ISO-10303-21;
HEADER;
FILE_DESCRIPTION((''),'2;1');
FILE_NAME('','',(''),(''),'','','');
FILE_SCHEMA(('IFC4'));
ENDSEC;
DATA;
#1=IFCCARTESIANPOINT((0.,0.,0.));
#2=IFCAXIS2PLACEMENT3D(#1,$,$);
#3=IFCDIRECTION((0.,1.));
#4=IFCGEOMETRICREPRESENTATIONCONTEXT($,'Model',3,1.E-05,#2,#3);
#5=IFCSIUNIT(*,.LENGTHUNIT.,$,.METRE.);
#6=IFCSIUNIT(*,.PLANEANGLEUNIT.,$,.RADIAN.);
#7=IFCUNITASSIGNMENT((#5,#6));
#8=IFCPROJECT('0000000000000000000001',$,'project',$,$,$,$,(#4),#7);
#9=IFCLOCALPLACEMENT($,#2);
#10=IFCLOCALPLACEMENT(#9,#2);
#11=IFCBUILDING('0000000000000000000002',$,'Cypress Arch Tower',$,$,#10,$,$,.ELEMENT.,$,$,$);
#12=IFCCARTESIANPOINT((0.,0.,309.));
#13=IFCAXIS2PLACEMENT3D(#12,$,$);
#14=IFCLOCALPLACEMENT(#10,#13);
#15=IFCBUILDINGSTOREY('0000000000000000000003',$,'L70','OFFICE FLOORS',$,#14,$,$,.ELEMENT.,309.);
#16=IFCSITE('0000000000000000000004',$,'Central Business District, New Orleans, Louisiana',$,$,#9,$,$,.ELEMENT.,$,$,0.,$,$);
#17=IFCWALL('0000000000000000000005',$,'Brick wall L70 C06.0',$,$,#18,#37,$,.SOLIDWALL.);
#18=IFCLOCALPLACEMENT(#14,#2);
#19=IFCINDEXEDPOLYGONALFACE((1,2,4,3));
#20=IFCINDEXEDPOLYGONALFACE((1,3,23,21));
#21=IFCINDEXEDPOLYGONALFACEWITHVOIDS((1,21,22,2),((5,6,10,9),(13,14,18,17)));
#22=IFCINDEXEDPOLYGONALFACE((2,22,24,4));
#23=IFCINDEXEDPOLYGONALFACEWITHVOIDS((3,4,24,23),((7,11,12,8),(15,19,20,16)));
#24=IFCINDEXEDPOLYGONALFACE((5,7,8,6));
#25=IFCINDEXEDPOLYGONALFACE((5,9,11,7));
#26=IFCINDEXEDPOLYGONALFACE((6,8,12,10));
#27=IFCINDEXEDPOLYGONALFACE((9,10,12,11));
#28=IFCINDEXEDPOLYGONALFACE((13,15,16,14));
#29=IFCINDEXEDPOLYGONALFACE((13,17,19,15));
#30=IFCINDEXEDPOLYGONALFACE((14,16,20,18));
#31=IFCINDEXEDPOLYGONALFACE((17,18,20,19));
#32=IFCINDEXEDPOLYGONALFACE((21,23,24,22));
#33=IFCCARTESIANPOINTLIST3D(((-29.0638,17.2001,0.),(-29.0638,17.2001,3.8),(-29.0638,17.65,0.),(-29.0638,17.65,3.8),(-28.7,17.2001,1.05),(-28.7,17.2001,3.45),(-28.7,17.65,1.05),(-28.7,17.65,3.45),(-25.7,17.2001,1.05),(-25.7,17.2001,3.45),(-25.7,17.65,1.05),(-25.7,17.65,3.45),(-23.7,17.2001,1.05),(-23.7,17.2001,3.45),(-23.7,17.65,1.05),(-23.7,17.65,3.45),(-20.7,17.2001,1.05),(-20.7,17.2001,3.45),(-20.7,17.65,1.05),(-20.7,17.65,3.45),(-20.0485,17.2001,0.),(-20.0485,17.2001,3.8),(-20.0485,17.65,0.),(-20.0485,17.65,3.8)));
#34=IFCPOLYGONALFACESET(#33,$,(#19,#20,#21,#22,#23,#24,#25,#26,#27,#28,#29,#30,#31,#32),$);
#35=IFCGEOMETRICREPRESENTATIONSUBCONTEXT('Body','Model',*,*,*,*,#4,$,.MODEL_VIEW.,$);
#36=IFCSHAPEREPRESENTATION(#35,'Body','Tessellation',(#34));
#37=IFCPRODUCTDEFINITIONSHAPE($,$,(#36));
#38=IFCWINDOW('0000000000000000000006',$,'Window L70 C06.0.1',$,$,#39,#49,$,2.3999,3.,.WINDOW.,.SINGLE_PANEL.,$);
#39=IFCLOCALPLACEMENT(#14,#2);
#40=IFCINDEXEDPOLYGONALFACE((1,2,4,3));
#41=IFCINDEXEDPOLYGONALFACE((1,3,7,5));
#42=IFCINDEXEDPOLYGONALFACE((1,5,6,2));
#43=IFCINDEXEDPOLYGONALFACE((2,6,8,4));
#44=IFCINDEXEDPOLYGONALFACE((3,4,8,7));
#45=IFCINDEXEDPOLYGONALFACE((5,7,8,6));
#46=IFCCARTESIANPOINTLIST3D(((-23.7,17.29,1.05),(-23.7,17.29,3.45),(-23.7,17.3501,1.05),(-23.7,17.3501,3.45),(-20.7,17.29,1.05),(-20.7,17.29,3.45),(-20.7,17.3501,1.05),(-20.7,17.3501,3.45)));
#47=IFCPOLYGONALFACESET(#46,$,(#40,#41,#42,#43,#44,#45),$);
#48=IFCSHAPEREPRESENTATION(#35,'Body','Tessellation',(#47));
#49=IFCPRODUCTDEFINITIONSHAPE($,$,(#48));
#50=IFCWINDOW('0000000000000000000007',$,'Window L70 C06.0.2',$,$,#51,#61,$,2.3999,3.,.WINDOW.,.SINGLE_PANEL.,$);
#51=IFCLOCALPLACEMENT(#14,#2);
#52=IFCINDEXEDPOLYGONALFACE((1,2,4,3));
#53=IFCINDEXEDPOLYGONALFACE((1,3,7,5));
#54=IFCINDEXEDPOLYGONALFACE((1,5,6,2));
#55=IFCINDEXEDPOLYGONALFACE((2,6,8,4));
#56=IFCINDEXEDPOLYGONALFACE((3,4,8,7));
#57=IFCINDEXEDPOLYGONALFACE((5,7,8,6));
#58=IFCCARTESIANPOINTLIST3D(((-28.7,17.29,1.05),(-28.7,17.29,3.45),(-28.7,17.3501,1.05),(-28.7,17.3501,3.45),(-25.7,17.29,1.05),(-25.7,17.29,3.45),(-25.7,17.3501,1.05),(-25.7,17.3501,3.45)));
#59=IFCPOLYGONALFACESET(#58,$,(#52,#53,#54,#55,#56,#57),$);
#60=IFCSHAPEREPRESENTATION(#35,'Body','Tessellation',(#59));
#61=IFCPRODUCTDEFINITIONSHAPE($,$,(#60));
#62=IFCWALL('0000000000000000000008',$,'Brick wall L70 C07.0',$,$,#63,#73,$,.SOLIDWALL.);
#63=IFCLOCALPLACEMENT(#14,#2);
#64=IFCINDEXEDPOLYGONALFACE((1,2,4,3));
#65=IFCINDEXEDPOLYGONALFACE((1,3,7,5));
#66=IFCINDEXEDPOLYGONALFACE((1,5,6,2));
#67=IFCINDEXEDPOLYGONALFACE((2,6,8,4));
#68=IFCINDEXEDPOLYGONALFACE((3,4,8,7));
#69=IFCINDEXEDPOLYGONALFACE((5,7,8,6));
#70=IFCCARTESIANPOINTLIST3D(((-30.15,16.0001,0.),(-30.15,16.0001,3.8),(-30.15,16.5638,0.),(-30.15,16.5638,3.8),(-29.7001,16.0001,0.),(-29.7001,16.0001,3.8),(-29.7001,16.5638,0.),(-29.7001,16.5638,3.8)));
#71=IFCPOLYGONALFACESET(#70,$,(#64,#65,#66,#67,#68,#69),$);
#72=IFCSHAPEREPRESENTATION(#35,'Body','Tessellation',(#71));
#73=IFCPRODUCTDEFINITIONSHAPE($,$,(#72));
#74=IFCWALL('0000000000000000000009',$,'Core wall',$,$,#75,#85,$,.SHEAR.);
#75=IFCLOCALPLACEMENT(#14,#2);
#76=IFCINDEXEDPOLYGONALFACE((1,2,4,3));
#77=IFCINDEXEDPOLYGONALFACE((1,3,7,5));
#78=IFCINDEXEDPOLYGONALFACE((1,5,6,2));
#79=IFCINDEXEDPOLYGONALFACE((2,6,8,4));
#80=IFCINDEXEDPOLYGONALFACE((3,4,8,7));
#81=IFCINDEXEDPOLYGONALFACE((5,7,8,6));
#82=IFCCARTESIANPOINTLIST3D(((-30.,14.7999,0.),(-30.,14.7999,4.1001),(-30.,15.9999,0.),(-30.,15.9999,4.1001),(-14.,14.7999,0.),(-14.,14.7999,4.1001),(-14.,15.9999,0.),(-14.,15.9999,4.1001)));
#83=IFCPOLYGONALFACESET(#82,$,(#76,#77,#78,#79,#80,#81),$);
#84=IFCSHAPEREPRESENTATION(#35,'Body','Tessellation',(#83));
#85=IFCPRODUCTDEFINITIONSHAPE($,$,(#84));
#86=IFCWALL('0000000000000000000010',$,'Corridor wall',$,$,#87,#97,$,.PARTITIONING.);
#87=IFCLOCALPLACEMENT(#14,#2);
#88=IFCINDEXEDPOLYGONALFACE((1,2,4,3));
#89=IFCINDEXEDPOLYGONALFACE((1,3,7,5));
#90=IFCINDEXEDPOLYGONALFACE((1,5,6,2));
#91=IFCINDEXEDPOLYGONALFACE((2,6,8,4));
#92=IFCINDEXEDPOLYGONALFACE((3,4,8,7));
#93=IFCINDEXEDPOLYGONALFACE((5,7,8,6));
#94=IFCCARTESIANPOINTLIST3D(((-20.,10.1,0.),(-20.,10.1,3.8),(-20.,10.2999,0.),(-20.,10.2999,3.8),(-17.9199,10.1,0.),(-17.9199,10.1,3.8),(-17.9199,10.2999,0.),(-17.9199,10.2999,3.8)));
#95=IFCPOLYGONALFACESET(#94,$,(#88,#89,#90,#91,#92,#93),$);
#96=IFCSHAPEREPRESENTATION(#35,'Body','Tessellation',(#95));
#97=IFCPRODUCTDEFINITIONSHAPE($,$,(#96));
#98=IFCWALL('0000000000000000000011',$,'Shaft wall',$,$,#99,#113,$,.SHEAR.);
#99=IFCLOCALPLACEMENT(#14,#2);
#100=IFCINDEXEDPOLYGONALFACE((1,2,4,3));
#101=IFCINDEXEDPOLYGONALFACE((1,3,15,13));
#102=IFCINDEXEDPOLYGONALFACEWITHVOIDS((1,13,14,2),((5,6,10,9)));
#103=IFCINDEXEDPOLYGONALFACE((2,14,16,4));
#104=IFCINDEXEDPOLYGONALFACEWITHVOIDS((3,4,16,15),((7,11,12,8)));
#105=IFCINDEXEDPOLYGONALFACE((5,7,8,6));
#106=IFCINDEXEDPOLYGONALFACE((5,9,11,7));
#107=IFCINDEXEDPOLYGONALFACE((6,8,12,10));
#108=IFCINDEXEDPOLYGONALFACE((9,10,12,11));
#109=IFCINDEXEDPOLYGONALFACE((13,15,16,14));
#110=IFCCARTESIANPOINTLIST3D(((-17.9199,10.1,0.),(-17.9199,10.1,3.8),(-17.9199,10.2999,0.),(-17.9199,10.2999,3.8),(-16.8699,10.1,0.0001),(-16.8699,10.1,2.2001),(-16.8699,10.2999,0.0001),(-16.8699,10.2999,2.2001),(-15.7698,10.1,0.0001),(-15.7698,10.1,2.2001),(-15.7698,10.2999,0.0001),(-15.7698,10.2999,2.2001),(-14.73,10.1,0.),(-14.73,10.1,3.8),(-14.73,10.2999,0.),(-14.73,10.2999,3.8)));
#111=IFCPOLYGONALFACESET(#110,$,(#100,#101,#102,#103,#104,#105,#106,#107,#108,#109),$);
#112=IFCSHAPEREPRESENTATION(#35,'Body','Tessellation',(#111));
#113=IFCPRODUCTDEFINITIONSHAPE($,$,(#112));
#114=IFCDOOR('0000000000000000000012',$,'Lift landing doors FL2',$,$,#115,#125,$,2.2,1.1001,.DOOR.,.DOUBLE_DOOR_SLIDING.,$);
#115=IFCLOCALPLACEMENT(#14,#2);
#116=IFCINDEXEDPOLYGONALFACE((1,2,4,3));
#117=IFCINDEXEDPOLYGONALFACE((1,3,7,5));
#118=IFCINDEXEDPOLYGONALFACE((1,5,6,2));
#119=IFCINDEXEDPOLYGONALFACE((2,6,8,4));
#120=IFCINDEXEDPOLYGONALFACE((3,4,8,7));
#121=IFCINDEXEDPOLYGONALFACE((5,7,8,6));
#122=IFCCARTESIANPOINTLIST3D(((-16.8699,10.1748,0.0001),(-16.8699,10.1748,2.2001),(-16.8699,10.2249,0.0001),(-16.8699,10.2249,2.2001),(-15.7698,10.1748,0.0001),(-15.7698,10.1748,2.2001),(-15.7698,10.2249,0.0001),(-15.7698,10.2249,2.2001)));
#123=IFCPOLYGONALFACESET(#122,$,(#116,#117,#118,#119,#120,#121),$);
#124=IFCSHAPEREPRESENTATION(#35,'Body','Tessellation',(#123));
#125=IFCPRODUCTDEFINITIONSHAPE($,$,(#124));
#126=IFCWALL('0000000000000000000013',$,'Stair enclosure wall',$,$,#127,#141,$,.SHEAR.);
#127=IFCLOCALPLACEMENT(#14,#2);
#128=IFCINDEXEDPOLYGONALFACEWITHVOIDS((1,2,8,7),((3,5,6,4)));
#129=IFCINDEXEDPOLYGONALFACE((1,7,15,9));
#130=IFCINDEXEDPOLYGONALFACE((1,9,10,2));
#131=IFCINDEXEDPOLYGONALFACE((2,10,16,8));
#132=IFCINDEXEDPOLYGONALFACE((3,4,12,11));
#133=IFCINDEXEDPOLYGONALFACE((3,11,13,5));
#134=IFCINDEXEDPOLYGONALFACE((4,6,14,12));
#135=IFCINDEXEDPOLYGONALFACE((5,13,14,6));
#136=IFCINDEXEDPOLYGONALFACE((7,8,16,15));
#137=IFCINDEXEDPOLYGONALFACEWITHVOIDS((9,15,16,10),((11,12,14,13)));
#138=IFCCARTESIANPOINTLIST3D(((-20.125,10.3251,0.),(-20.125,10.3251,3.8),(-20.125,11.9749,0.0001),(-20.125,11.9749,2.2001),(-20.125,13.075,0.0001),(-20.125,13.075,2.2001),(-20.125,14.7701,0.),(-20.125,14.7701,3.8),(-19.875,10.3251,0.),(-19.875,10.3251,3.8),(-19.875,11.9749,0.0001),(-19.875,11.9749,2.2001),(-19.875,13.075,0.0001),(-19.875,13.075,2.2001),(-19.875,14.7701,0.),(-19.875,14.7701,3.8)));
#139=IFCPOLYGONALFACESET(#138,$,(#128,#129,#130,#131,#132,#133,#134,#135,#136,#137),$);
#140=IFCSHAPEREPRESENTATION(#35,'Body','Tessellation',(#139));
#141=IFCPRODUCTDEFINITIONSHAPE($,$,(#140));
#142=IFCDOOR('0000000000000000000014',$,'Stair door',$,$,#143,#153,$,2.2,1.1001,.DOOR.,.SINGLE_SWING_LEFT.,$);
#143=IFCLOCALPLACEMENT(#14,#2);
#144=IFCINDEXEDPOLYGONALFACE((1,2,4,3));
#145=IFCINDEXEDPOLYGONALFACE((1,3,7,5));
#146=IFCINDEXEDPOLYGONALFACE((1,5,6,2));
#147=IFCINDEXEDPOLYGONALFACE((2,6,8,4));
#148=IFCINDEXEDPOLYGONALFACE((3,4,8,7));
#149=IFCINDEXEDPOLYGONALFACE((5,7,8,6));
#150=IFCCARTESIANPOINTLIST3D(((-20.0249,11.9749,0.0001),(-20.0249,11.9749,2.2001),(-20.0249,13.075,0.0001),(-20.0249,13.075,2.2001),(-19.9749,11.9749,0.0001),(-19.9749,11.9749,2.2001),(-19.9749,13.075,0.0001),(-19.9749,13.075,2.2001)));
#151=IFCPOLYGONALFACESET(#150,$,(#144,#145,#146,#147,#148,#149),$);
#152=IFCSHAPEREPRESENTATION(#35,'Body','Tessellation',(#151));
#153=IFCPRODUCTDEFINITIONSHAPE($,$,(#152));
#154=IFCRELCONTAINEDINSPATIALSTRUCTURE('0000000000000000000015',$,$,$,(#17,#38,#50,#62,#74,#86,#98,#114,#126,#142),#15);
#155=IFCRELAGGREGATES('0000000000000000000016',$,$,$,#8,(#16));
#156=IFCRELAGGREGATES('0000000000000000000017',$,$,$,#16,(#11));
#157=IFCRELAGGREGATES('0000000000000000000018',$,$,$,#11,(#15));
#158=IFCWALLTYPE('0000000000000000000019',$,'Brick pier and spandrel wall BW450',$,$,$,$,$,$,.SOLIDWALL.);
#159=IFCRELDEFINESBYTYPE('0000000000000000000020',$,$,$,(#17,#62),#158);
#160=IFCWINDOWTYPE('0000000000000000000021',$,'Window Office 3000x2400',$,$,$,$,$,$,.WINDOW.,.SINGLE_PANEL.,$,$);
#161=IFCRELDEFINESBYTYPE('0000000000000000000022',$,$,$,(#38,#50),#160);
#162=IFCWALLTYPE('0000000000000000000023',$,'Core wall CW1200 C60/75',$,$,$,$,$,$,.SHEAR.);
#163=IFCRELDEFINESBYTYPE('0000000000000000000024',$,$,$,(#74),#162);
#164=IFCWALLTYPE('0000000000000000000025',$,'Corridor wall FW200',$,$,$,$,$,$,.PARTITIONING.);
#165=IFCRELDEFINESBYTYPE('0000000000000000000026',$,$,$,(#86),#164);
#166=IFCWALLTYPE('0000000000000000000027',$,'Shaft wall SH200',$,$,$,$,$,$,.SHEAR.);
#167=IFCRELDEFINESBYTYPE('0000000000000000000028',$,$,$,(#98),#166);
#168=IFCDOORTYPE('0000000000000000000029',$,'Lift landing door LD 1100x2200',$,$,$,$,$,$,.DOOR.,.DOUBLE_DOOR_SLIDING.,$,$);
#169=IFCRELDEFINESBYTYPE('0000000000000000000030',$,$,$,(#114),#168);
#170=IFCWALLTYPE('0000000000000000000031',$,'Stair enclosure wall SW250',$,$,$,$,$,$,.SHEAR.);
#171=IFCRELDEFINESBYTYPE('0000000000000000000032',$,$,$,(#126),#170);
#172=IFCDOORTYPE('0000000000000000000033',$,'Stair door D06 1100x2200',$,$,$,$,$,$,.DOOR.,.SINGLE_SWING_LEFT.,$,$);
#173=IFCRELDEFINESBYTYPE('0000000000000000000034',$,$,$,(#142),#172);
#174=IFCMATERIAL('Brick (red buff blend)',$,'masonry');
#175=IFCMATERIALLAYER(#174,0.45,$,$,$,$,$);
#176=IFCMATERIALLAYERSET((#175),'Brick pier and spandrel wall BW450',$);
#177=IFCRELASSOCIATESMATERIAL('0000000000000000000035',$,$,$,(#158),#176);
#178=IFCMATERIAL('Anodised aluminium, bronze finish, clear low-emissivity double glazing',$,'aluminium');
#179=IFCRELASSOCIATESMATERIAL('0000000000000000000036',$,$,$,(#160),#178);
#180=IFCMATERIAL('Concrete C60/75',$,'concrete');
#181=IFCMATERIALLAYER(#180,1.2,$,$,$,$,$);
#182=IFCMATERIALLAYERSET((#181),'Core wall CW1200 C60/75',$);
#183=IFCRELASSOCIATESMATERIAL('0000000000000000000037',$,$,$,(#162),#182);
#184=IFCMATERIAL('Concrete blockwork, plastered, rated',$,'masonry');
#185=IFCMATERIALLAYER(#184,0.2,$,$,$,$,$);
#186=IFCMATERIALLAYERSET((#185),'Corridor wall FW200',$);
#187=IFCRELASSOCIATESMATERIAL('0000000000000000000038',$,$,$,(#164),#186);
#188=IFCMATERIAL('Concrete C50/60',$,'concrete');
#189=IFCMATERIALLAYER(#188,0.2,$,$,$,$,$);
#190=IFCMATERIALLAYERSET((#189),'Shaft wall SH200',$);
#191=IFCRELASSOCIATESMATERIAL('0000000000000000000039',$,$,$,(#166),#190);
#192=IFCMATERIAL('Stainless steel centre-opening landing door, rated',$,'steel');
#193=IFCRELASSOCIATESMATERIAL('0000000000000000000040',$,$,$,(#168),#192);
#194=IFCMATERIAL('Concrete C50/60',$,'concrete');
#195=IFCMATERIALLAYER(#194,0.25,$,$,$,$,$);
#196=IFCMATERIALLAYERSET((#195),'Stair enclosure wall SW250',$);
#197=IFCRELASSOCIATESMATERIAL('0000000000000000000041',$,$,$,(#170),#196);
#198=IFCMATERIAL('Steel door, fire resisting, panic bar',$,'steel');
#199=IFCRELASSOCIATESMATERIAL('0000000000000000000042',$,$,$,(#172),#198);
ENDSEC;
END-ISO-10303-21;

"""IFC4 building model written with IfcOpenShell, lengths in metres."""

from ifc_helpers import new_model, si_unit, direction, frame, frame_2d, origin, place, context, subcontext, project, spatial, rectangle, extrude, material, layer, layer_set, type_object, element, fill, save


model = new_model("IFC4")

# Units and contexts
model_context = context("Model", 3, precision=1e-05, world=origin(), true_north=direction((0.0, 1.0)))
body_context = subcontext(model_context, "Body", "Model", "MODEL_VIEW")
ifc_project = project(units=[si_unit("LENGTHUNIT", "METRE"), si_unit("PLANEANGLEUNIT", "RADIAN")], contexts=[model_context])

# Site, building, storey
site_placement = place(None, origin())
site = spatial("IfcSite", under=ifc_project, at=site_placement, Name="Central Business District, New Orleans, Louisiana", CompositionType="ELEMENT", RefElevation=0.0)
building_placement = place(site_placement, origin())
building = spatial("IfcBuilding", under=site, at=building_placement, Name="Cypress Arch Tower", CompositionType="ELEMENT")
storey_placement = place(building_placement, frame((0.0, 0.0, 309.0)))
storey = spatial("IfcBuildingStorey", under=building, at=storey_placement, Name="L70", Description="OFFICE FLOORS", CompositionType="ELEMENT", Elevation=309.0)

# Shared definitions
ifc_material_1 = material(Name="Brick (red buff blend)", Category="masonry")
ifc_layer_1 = layer(ifc_material_1, 0.45)
ifc_layer_set_1 = layer_set([ifc_layer_1], Name="Brick pier and spandrel wall BW450")
wall_type_1 = type_object("IfcWallType", Name="Brick pier and spandrel wall BW450", PredefinedType="SOLIDWALL", material=ifc_layer_set_1)
ifc_material_2 = material(Name="Anodised aluminium, bronze finish, clear low-emissivity double glazing", Category="aluminium")
window_type = type_object("IfcWindowType", Name="Window Office 3000x2400", PartitioningType="SINGLE_PANEL", PredefinedType="WINDOW", material=ifc_material_2)

# Wall, openings, windows
wall_1_placement = place(storey_placement, frame((-20.0483, 17.425, 0.0), z_axis=(0.0, 0.0, 1.0), x_axis=(-1.0, 0.0, 0.0)))
wall_1 = element("IfcWall", 1, at=wall_1_placement, inside=storey, type_object=wall_type_1, Name="Brick wall L70 C06.0", PredefinedType="SOLIDWALL", context=body_context, shape_type="SweptSolid", body=[
    extrude(rectangle(XDim=9.0154, YDim=0.45, at=frame_2d((4.5078, 0.0))), origin(), (0.0, 0.0, 1.0), 3.8),
])
opening_1_placement = place(wall_1_placement, frame((0.6516, 0.0, 1.05)))
opening_1 = element("IfcOpeningElement", 2, at=opening_1_placement, cuts=wall_1, PredefinedType="OPENING", context=body_context, shape_type="SweptSolid", body=[
    extrude(rectangle(XDim=3.0, YDim=2.3999, at=frame_2d((1.5, 1.2))), frame((0.0, 0.2349, 0.0), z_axis=(0.0, -1.0, 0.0), x_axis=(1.0, 0.0, 0.0)), (0.0, 0.0, 1.0), 0.47),
])
opening_2_placement = place(wall_1_placement, frame((5.6516, 0.0, 1.05)))
opening_2 = element("IfcOpeningElement", 3, at=opening_2_placement, cuts=wall_1, PredefinedType="OPENING", context=body_context, shape_type="SweptSolid", body=[
    extrude(rectangle(XDim=3.0, YDim=2.3999, at=frame_2d((1.5, 1.2))), frame((0.0, 0.2349, 0.0), z_axis=(0.0, -1.0, 0.0), x_axis=(1.0, 0.0, 0.0)), (0.0, 0.0, 1.0), 0.47),
])
window_1_placement = place(opening_1_placement, origin())
window_1 = element("IfcWindow", 4, at=window_1_placement, inside=storey, type_object=window_type, Name="Window L70 C06.0.1", OverallHeight=2.3999, OverallWidth=3.0, PartitioningType="SINGLE_PANEL", PredefinedType="WINDOW", context=body_context, shape_type="SweptSolid", body=[
    extrude(rectangle(XDim=3.0, YDim=2.3999, at=frame_2d((1.5, 1.2))), frame((0.0, 0.135, 0.0), z_axis=(0.0, -1.0, 0.0), x_axis=(1.0, 0.0, 0.0)), (0.0, 0.0, 1.0), 0.0601),
])
fill(opening_1, window_1)
window_2_placement = place(opening_2_placement, origin())
window_2 = element("IfcWindow", 5, at=window_2_placement, inside=storey, type_object=window_type, Name="Window L70 C06.0.2", OverallHeight=2.3999, OverallWidth=3.0, PartitioningType="SINGLE_PANEL", PredefinedType="WINDOW", context=body_context, shape_type="SweptSolid", body=[
    extrude(rectangle(XDim=3.0, YDim=2.3999, at=frame_2d((1.5, 1.2))), frame((0.0, 0.135, 0.0), z_axis=(0.0, -1.0, 0.0), x_axis=(1.0, 0.0, 0.0)), (0.0, 0.0, 1.0), 0.0601),
])
fill(opening_2, window_2)

# Walls
wall_2_placement = place(storey_placement, frame((-29.925, 16.5637, 0.0), z_axis=(0.0, 0.0, 1.0), x_axis=(0.0, -1.0, 0.0)))
element("IfcWall", 6, at=wall_2_placement, inside=storey, type_object=wall_type_1, Name="Brick wall L70 C07.0", PredefinedType="SOLIDWALL", context=body_context, shape_type="SweptSolid", body=[
    extrude(rectangle(XDim=0.5637, YDim=0.45, at=frame_2d((0.2817, 0.0))), origin(), (0.0, 0.0, 1.0), 3.8),
])
ifc_material_3 = material(Name="Concrete C60/75", Category="concrete")
ifc_layer_2 = layer(ifc_material_3, 1.2)
ifc_layer_set_2 = layer_set([ifc_layer_2], Name="Core wall CW1200 C60/75")
wall_type_2 = type_object("IfcWallType", Name="Core wall CW1200 C60/75", PredefinedType="SHEAR", material=ifc_layer_set_2)
wall_3_placement = place(storey_placement, frame((-30.0, 15.3999, 0.0), z_axis=(0.0, 0.0, 1.0), x_axis=(1.0, 0.0, 0.0)))
element("IfcWall", 7, at=wall_3_placement, inside=storey, type_object=wall_type_2, Name="Core wall", PredefinedType="SHEAR", context=body_context, shape_type="SweptSolid", body=[
    extrude(rectangle(XDim=16.0, YDim=1.2, at=frame_2d((8.0, 0.0))), origin(), (0.0, 0.0, 1.0), 4.1001),
])
ifc_material_4 = material(Name="Concrete blockwork, plastered, rated", Category="masonry")
ifc_layer_3 = layer(ifc_material_4, 0.2)
ifc_layer_set_3 = layer_set([ifc_layer_3], Name="Corridor wall FW200")
wall_type_3 = type_object("IfcWallType", Name="Corridor wall FW200", PredefinedType="PARTITIONING", material=ifc_layer_set_3)
wall_4_placement = place(storey_placement, frame((-20.0, 10.2, 0.0), z_axis=(0.0, 0.0, 1.0), x_axis=(1.0, 0.0, 0.0)))
element("IfcWall", 8, at=wall_4_placement, inside=storey, type_object=wall_type_3, Name="Corridor wall", PredefinedType="PARTITIONING", context=body_context, shape_type="SweptSolid", body=[
    extrude(rectangle(XDim=2.0801, YDim=0.2, at=frame_2d((1.04, 0.0))), origin(), (0.0, 0.0, 1.0), 3.8),
])

# Walls, openings, doors
ifc_material_5 = material(Name="Concrete C50/60", Category="concrete")
ifc_layer_4 = layer(ifc_material_5, 0.2)
ifc_layer_set_4 = layer_set([ifc_layer_4], Name="Shaft wall SH200")
wall_type_4 = type_object("IfcWallType", Name="Shaft wall SH200", PredefinedType="SHEAR", material=ifc_layer_set_4)
wall_5_placement = place(storey_placement, frame((-17.9199, 10.2, 0.0), z_axis=(0.0, 0.0, 1.0), x_axis=(1.0, 0.0, 0.0)))
wall_5 = element("IfcWall", 9, at=wall_5_placement, inside=storey, type_object=wall_type_4, Name="Shaft wall", PredefinedType="SHEAR", context=body_context, shape_type="SweptSolid", body=[
    extrude(rectangle(XDim=3.1899, YDim=0.2, at=frame_2d((1.595, 0.0))), origin(), (0.0, 0.0, 1.0), 3.8),
])
opening_3_placement = place(wall_5_placement, frame((1.05, 0.0, 0.0)))
opening_3 = element("IfcOpeningElement", 10, at=opening_3_placement, cuts=wall_5, PredefinedType="OPENING", context=body_context, shape_type="SweptSolid", body=[
    extrude(rectangle(XDim=1.1001, YDim=2.2, at=frame_2d((0.55, 1.1001))), frame((0.0, 0.1099, 0.0), z_axis=(0.0, -1.0, 0.0), x_axis=(1.0, 0.0, 0.0)), (0.0, 0.0, 1.0), 0.22),
])
ifc_material_6 = material(Name="Stainless steel centre-opening landing door, rated", Category="steel")
door_type_1 = type_object("IfcDoorType", Name="Lift landing door LD 1100x2200", OperationType="DOUBLE_DOOR_SLIDING", PredefinedType="DOOR", material=ifc_material_6)
door_1_placement = place(opening_3_placement, origin())
door_1 = element("IfcDoor", 11, at=door_1_placement, inside=storey, type_object=door_type_1, Name="Lift landing doors FL2", OperationType="DOUBLE_DOOR_SLIDING", OverallHeight=2.2, OverallWidth=1.1001, PredefinedType="DOOR", context=body_context, shape_type="SweptSolid", body=[
    extrude(rectangle(XDim=1.1001, YDim=2.2, at=frame_2d((0.55, 1.1001))), frame((0.0, 0.0249, 0.0), z_axis=(0.0, -1.0, 0.0), x_axis=(1.0, 0.0, 0.0)), (0.0, 0.0, 1.0), 0.05),
])
fill(opening_3, door_1)
ifc_material_7 = material(Name="Concrete C50/60", Category="concrete")
ifc_layer_5 = layer(ifc_material_7, 0.25)
ifc_layer_set_5 = layer_set([ifc_layer_5], Name="Stair enclosure wall SW250")
wall_type_5 = type_object("IfcWallType", Name="Stair enclosure wall SW250", PredefinedType="SHEAR", material=ifc_layer_set_5)
wall_6_placement = place(storey_placement, frame((-20.0, 10.325, 0.0), z_axis=(0.0, 0.0, 1.0), x_axis=(0.0, 1.0, 0.0)))
wall_6 = element("IfcWall", 12, at=wall_6_placement, inside=storey, type_object=wall_type_5, Name="Stair enclosure wall", PredefinedType="SHEAR", context=body_context, shape_type="SweptSolid", body=[
    extrude(rectangle(XDim=4.4451, YDim=0.25, at=frame_2d((2.2227, 0.0))), origin(), (0.0, 0.0, 1.0), 3.8),
])
opening_4_placement = place(wall_6_placement, frame((1.6499, 0.0, 0.0)))
opening_4 = element("IfcOpeningElement", 13, at=opening_4_placement, cuts=wall_6, PredefinedType="OPENING", context=body_context, shape_type="SweptSolid", body=[
    extrude(rectangle(XDim=1.1001, YDim=2.2, at=frame_2d((0.55, 1.1001))), frame((0.0, 0.135, 0.0), z_axis=(0.0, -1.0, 0.0), x_axis=(1.0, 0.0, 0.0)), (0.0, 0.0, 1.0), 0.27),
])
ifc_material_8 = material(Name="Steel door, fire resisting, panic bar", Category="steel")
door_type_2 = type_object("IfcDoorType", Name="Stair door D06 1100x2200", OperationType="SINGLE_SWING_LEFT", PredefinedType="DOOR", material=ifc_material_8)
door_2_placement = place(opening_4_placement, origin())
door_2 = element("IfcDoor", 14, at=door_2_placement, inside=storey, type_object=door_type_2, Name="Stair door", OperationType="SINGLE_SWING_LEFT", OverallHeight=2.2, OverallWidth=1.1001, PredefinedType="DOOR", context=body_context, shape_type="SweptSolid", body=[
    extrude(rectangle(XDim=1.1001, YDim=2.2, at=frame_2d((0.55, 1.1001))), frame((0.0, 0.0249, 0.0), z_axis=(0.0, -1.0, 0.0), x_axis=(1.0, 0.0, 0.0)), (0.0, 0.0, 1.0), 0.05),
])
fill(opening_4, door_2)

save(model, "model.ifc")
